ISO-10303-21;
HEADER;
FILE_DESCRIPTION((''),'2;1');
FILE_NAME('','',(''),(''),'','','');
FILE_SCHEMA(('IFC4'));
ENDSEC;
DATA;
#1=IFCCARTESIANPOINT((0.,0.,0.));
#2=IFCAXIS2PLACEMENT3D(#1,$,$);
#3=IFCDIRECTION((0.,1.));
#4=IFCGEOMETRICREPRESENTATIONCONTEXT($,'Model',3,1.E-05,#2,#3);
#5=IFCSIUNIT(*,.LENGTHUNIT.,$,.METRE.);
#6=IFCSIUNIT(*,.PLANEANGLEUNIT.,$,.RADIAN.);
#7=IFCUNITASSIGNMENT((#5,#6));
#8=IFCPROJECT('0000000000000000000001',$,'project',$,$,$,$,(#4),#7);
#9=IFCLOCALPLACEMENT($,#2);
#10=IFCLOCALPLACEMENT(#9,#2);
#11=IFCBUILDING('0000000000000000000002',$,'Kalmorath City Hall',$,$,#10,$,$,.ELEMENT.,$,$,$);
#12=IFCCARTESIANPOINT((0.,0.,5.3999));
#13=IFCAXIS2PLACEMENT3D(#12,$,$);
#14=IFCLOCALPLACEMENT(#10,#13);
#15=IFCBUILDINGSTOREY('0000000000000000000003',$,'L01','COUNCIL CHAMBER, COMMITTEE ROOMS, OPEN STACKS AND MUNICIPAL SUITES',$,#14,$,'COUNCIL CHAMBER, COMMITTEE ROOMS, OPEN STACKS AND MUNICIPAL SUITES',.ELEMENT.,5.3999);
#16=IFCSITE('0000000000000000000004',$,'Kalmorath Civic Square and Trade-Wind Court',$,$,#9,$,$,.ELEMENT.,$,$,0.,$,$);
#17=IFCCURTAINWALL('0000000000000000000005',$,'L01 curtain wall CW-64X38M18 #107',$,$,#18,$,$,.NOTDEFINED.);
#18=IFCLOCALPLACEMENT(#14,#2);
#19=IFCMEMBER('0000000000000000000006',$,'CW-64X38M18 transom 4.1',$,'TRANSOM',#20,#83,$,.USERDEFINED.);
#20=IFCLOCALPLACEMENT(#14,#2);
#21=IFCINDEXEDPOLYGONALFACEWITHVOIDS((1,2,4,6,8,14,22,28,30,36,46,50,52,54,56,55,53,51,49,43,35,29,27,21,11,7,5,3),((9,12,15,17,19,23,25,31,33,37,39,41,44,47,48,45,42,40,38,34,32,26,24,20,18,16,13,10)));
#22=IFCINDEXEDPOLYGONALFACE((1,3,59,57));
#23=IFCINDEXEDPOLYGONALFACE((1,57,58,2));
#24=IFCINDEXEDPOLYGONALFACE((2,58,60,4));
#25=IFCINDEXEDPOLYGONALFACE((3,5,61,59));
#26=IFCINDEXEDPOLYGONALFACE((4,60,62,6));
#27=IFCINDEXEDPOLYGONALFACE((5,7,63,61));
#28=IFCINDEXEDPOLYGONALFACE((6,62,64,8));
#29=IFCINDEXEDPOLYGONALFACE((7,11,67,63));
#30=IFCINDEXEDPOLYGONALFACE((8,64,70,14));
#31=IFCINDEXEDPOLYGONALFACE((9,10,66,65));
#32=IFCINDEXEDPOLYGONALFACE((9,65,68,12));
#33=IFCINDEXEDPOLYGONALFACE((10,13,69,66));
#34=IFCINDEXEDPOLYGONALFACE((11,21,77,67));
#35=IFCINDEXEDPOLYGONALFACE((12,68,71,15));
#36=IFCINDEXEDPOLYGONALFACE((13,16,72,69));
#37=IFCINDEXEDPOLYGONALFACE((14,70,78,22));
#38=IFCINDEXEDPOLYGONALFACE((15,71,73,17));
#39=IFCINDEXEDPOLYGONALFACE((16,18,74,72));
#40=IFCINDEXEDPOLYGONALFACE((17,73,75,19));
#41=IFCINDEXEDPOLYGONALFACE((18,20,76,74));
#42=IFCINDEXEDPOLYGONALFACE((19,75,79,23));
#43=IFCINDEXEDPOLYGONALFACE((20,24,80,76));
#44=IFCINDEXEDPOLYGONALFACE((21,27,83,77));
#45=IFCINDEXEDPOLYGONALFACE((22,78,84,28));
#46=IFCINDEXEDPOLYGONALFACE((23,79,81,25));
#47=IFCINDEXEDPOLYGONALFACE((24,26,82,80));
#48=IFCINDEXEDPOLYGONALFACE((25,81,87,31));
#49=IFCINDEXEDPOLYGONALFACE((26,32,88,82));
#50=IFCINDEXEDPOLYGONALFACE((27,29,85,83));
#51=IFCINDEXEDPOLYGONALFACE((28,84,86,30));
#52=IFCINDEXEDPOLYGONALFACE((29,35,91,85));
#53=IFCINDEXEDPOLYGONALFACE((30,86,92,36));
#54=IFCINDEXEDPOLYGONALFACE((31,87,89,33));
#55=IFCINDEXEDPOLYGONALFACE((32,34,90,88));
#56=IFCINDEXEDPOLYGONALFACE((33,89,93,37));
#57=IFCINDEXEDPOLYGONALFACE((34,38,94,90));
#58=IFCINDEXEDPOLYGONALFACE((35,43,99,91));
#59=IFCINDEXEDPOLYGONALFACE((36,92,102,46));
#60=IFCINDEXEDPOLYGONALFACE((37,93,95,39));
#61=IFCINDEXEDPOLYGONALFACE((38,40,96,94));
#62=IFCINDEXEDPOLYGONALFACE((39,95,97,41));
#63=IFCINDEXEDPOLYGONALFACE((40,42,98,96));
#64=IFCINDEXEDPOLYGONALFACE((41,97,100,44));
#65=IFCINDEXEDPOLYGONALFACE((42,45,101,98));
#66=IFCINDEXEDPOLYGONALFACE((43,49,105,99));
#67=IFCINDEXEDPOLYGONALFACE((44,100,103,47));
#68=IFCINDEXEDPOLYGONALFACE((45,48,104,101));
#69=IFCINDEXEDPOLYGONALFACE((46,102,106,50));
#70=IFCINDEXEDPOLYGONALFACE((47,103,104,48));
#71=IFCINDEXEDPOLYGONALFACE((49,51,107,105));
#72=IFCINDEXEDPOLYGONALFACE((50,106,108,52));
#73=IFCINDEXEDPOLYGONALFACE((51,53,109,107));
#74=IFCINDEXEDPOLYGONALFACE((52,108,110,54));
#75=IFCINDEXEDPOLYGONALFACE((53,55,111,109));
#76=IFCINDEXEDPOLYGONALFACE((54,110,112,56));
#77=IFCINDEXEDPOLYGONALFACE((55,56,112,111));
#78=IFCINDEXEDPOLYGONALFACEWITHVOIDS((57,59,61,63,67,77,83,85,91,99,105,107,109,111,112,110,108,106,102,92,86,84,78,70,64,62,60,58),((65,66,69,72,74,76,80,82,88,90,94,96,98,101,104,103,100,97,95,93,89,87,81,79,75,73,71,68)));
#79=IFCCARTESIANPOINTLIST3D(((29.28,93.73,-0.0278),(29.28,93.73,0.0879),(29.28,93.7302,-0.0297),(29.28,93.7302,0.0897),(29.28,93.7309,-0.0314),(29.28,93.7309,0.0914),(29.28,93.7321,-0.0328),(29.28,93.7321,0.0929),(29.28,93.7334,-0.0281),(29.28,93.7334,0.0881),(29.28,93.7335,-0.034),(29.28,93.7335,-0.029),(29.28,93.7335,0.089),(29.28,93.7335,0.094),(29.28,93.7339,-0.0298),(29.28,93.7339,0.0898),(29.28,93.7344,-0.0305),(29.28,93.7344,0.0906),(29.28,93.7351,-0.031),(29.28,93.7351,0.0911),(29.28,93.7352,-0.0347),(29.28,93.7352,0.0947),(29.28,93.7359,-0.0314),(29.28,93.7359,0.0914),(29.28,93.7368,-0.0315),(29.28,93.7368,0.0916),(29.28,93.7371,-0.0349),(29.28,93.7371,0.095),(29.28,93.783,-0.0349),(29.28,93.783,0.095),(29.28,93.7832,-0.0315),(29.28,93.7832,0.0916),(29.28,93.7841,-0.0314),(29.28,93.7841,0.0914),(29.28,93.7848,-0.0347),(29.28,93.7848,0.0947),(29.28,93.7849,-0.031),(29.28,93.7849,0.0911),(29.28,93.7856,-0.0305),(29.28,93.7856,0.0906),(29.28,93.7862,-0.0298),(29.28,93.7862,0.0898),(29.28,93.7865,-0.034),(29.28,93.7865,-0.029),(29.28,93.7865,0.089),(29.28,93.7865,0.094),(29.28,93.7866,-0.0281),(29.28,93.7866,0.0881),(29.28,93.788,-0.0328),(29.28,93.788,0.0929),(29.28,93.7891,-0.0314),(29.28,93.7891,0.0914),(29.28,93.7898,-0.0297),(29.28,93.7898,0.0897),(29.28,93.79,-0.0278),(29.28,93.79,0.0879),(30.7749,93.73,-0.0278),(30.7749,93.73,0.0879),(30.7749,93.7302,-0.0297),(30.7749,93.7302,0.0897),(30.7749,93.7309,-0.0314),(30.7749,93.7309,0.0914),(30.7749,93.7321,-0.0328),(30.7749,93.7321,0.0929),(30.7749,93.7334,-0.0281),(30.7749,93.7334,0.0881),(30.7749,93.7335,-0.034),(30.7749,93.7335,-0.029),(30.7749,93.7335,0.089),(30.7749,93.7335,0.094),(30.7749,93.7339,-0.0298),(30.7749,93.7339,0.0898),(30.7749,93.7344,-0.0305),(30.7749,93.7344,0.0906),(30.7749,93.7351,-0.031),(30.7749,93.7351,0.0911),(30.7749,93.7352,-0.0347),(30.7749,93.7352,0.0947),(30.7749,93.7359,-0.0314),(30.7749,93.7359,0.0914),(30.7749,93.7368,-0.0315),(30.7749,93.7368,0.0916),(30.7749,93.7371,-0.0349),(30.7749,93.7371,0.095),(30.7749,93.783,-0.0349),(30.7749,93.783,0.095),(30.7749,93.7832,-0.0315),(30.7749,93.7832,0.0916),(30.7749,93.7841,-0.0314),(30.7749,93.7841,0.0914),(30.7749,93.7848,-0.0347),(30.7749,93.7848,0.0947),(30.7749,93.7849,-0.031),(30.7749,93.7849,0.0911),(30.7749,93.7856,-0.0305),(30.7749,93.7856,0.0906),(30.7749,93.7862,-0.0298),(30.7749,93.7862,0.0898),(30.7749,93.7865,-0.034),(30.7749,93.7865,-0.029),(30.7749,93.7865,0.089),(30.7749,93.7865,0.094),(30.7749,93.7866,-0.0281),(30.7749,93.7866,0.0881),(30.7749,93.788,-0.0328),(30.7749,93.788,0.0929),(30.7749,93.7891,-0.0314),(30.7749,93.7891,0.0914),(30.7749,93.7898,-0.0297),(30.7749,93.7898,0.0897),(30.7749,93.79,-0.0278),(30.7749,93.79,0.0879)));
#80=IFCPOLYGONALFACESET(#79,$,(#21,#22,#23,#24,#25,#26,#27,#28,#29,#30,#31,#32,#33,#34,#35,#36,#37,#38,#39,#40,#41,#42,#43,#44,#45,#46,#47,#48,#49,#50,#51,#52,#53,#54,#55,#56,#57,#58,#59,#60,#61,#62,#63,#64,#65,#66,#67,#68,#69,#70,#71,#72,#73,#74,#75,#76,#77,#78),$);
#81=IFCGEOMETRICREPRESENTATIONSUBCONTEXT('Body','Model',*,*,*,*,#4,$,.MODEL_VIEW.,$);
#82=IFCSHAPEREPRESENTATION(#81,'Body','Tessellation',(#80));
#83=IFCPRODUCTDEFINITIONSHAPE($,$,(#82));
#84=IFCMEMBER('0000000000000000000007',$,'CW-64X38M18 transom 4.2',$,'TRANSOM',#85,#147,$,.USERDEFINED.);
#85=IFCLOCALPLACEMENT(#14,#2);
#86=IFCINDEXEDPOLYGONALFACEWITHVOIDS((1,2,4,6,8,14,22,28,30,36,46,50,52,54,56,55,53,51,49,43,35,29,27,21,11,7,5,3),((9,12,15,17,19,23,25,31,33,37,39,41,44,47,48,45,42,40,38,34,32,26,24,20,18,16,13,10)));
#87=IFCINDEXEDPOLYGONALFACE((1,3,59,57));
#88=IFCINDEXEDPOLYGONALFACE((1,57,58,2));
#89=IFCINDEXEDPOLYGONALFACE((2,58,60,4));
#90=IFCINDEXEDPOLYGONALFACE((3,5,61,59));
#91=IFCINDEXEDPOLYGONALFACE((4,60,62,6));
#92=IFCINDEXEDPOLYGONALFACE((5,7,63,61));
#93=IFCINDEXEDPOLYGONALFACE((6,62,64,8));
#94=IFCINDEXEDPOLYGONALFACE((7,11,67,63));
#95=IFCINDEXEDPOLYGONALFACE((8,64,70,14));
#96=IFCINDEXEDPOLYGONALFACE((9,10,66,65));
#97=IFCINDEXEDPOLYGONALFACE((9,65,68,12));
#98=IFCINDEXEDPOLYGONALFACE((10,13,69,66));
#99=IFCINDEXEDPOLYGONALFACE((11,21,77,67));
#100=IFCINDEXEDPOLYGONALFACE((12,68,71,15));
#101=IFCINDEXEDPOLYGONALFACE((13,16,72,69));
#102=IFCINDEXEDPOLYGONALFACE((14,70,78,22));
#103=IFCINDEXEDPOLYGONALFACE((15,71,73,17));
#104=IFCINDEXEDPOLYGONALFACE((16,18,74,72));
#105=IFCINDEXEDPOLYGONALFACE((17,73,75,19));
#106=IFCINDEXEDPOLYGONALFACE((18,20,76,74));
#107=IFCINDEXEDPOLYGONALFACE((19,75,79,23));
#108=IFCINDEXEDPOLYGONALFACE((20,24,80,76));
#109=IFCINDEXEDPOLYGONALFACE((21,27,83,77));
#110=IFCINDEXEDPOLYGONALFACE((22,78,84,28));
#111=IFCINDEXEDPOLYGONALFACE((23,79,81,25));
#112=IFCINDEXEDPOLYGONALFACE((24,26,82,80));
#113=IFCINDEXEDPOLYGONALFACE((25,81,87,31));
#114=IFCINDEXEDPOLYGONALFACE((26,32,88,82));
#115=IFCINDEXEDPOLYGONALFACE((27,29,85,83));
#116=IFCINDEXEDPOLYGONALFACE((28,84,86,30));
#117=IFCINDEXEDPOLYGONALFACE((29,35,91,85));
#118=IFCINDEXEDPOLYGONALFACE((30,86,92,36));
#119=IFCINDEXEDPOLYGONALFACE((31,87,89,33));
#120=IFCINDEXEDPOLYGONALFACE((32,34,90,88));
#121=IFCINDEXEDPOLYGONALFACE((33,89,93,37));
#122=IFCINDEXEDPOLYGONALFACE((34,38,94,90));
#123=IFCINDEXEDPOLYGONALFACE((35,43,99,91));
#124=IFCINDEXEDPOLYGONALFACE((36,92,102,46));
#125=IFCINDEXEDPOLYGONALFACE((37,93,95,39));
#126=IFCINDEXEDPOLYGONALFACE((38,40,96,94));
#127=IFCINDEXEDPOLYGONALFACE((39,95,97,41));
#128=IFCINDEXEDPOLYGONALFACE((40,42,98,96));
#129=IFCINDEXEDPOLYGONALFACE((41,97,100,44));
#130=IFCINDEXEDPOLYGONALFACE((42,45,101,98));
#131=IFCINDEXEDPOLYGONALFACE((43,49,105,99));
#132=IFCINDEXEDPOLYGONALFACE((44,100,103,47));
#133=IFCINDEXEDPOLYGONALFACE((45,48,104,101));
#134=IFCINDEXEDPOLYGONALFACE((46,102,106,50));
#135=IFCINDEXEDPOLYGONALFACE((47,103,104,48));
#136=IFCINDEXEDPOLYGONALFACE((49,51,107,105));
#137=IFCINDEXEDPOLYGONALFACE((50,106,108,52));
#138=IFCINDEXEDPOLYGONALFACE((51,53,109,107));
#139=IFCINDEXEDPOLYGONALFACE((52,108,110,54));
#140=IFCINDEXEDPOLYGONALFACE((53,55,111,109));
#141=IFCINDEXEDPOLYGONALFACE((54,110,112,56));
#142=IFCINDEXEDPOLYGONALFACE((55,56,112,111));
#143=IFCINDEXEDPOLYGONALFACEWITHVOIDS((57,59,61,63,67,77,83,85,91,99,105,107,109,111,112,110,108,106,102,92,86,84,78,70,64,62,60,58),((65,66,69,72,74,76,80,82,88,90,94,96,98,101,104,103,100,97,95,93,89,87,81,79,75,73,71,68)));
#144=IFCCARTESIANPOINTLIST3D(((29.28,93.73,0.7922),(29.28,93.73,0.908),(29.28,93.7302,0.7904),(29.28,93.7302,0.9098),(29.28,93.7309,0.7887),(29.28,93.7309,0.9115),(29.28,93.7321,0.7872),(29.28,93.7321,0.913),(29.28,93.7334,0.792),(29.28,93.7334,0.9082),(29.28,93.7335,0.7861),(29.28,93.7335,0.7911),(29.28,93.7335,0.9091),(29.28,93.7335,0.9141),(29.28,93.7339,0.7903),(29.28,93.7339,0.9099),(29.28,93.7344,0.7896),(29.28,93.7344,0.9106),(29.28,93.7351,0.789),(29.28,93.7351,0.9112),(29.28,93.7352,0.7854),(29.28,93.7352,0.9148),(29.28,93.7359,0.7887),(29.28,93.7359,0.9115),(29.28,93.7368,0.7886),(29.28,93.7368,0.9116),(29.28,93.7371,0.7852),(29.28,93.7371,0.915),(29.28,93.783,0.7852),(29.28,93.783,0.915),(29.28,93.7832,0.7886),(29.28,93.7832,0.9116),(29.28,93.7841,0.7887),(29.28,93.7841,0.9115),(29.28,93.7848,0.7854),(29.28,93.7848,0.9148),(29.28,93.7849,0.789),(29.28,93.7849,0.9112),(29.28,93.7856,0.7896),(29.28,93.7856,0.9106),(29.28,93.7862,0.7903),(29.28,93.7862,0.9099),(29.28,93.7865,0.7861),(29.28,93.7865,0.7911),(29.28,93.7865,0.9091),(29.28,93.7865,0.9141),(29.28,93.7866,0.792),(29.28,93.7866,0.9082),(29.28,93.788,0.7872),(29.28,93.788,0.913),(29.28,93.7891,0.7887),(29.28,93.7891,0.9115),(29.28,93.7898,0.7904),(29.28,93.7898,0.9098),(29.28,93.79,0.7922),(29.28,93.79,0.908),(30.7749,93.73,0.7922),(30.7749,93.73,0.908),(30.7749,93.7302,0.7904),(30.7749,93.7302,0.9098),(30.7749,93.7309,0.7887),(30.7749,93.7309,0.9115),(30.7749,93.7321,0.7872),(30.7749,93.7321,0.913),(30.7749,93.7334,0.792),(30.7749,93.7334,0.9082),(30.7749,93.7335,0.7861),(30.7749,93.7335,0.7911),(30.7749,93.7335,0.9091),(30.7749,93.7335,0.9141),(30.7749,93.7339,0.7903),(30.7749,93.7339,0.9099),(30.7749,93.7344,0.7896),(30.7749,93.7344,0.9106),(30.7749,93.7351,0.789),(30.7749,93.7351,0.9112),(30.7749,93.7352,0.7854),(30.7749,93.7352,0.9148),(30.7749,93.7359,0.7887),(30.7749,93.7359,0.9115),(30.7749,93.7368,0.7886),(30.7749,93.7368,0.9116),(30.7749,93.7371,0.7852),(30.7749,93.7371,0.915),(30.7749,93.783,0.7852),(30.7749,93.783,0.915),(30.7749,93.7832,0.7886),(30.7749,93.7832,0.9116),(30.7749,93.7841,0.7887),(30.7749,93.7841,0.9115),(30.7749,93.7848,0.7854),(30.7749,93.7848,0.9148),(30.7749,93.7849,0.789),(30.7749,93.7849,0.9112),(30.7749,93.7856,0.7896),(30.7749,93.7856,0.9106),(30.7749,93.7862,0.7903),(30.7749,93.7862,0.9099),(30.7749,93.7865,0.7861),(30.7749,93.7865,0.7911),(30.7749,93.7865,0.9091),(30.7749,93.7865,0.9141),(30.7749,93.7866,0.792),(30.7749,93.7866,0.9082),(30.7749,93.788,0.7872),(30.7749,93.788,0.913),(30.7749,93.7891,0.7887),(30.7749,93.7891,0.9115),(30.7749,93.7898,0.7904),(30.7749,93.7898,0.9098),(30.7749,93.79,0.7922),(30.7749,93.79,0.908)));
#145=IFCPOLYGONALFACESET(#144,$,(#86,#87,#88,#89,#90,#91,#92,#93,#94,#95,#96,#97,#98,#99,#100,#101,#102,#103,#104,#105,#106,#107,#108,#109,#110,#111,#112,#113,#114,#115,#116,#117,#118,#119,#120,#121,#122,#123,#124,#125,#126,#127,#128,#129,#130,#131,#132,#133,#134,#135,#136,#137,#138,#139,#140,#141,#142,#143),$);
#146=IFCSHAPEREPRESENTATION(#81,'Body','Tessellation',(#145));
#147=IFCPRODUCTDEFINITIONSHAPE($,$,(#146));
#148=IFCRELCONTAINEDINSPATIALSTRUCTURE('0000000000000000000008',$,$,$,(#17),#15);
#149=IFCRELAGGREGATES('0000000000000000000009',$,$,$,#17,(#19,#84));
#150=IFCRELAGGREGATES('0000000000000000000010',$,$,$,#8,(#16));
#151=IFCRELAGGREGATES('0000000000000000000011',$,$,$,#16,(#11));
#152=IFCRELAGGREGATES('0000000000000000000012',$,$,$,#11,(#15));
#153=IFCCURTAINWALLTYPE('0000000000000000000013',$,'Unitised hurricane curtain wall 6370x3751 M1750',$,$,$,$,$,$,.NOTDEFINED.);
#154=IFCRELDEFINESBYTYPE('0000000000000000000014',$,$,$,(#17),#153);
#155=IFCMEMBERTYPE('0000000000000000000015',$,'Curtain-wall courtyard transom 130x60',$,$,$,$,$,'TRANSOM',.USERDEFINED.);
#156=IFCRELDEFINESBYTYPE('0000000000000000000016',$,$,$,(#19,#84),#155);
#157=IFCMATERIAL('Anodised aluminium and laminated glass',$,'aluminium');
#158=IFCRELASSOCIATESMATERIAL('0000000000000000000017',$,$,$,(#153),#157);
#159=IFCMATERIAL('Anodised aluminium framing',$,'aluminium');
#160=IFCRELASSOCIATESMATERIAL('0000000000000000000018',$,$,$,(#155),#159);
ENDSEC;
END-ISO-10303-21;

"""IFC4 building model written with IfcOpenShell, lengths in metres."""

from ifc_helpers import new_model, si_unit, direction, frame, origin, origin_2d, place, context, subcontext, project, spatial, hollow_rectangle, extrude, material, material_profile, profile_set, type_object, element, aggregate, save


model = new_model("IFC4")

# Units and contexts
model_context = context("Model", 3, precision=1e-05, world=origin(), true_north=direction((0.0, 1.0)))
body_context = subcontext(model_context, "Body", "Model", "MODEL_VIEW")
ifc_project = project(units=[si_unit("LENGTHUNIT", "METRE"), si_unit("PLANEANGLEUNIT", "RADIAN")], contexts=[model_context])

# Site, building, storey
site_placement = place(None, origin())
site = spatial("IfcSite", under=ifc_project, at=site_placement, Name="Kalmorath Civic Square and Trade-Wind Court", CompositionType="ELEMENT", RefElevation=0.0)
building_placement = place(site_placement, origin())
building = spatial("IfcBuilding", under=site, at=building_placement, Name="Kalmorath City Hall", CompositionType="ELEMENT")
storey_placement = place(building_placement, frame((0.0, 0.0, 5.3999)))
storey = spatial("IfcBuildingStorey", under=building, at=storey_placement, Name="L01", Description="COUNCIL CHAMBER, COMMITTEE ROOMS, OPEN STACKS AND MUNICIPAL SUITES", LongName="COUNCIL CHAMBER, COMMITTEE ROOMS, OPEN STACKS AND MUNICIPAL SUITES", CompositionType="ELEMENT", Elevation=5.3999)

# Curtain wall
ifc_material_1 = material(Name="Anodised aluminium and laminated glass", Category="aluminium")
curtain_wall_type_1 = type_object("IfcCurtainWallType", Name="Unitised hurricane curtain wall 6370x3751 M1750", PredefinedType="NOTDEFINED", material=ifc_material_1)
curtain_wall_1_placement = place(storey_placement, origin())
curtain_wall_1 = element("IfcCurtainWall", 1, at=curtain_wall_1_placement, inside=storey, type_object=curtain_wall_type_1, Name="L01 curtain wall CW-64X38M18 #107", PredefinedType="NOTDEFINED")

# Members
ifc_material_2 = material(Name="Anodised aluminium framing", Category="aluminium")
ifc_material_profile_1 = material_profile(ifc_material_2, hollow_rectangle(XDim=0.0601, YDim=0.1299, WallThickness=0.0034, InnerFilletRadius=0.0034, OuterFilletRadius=0.0071, at=origin_2d()), Name="ALU-TRN-130X60X3.5")
ifc_profile_set_1 = profile_set([ifc_material_profile_1], Name="Anodised aluminium framing")
member_type_1 = type_object("IfcMemberType", Name="Curtain-wall courtyard transom 130x60", ElementType="TRANSOM", PredefinedType="USERDEFINED", material=ifc_profile_set_1)
member_1_placement = place(storey_placement, frame((30.7749, 93.76, 0.03), z_axis=(-1.0, 0.0, 0.0), x_axis=(0.0, -1.0, 0.0)))
member_1 = element("IfcMember", 2, at=member_1_placement, type_object=member_type_1, Name="CW-64X38M18 transom 4.1", ObjectType="TRANSOM", PredefinedType="USERDEFINED", context=body_context, shape_type="SweptSolid", body=[
    extrude(hollow_rectangle(XDim=0.0601, YDim=0.1299, WallThickness=0.0034, InnerFilletRadius=0.0034, OuterFilletRadius=0.0071, at=origin_2d()), origin(), (0.0, 0.0, 1.0), 1.4949),
])
member_2_placement = place(storey_placement, frame((30.7749, 93.76, 0.8501), z_axis=(-1.0, 0.0, 0.0), x_axis=(0.0, -1.0, 0.0)))
member_2 = element("IfcMember", 3, at=member_2_placement, type_object=member_type_1, Name="CW-64X38M18 transom 4.2", ObjectType="TRANSOM", PredefinedType="USERDEFINED", context=body_context, shape_type="SweptSolid", body=[
    extrude(hollow_rectangle(XDim=0.0601, YDim=0.1299, WallThickness=0.0034, InnerFilletRadius=0.0034, OuterFilletRadius=0.0071, at=origin_2d()), origin(), (0.0, 0.0, 1.0), 1.4949),
])

aggregate(curtain_wall_1, [member_1, member_2])

save(model, "model.ifc")
